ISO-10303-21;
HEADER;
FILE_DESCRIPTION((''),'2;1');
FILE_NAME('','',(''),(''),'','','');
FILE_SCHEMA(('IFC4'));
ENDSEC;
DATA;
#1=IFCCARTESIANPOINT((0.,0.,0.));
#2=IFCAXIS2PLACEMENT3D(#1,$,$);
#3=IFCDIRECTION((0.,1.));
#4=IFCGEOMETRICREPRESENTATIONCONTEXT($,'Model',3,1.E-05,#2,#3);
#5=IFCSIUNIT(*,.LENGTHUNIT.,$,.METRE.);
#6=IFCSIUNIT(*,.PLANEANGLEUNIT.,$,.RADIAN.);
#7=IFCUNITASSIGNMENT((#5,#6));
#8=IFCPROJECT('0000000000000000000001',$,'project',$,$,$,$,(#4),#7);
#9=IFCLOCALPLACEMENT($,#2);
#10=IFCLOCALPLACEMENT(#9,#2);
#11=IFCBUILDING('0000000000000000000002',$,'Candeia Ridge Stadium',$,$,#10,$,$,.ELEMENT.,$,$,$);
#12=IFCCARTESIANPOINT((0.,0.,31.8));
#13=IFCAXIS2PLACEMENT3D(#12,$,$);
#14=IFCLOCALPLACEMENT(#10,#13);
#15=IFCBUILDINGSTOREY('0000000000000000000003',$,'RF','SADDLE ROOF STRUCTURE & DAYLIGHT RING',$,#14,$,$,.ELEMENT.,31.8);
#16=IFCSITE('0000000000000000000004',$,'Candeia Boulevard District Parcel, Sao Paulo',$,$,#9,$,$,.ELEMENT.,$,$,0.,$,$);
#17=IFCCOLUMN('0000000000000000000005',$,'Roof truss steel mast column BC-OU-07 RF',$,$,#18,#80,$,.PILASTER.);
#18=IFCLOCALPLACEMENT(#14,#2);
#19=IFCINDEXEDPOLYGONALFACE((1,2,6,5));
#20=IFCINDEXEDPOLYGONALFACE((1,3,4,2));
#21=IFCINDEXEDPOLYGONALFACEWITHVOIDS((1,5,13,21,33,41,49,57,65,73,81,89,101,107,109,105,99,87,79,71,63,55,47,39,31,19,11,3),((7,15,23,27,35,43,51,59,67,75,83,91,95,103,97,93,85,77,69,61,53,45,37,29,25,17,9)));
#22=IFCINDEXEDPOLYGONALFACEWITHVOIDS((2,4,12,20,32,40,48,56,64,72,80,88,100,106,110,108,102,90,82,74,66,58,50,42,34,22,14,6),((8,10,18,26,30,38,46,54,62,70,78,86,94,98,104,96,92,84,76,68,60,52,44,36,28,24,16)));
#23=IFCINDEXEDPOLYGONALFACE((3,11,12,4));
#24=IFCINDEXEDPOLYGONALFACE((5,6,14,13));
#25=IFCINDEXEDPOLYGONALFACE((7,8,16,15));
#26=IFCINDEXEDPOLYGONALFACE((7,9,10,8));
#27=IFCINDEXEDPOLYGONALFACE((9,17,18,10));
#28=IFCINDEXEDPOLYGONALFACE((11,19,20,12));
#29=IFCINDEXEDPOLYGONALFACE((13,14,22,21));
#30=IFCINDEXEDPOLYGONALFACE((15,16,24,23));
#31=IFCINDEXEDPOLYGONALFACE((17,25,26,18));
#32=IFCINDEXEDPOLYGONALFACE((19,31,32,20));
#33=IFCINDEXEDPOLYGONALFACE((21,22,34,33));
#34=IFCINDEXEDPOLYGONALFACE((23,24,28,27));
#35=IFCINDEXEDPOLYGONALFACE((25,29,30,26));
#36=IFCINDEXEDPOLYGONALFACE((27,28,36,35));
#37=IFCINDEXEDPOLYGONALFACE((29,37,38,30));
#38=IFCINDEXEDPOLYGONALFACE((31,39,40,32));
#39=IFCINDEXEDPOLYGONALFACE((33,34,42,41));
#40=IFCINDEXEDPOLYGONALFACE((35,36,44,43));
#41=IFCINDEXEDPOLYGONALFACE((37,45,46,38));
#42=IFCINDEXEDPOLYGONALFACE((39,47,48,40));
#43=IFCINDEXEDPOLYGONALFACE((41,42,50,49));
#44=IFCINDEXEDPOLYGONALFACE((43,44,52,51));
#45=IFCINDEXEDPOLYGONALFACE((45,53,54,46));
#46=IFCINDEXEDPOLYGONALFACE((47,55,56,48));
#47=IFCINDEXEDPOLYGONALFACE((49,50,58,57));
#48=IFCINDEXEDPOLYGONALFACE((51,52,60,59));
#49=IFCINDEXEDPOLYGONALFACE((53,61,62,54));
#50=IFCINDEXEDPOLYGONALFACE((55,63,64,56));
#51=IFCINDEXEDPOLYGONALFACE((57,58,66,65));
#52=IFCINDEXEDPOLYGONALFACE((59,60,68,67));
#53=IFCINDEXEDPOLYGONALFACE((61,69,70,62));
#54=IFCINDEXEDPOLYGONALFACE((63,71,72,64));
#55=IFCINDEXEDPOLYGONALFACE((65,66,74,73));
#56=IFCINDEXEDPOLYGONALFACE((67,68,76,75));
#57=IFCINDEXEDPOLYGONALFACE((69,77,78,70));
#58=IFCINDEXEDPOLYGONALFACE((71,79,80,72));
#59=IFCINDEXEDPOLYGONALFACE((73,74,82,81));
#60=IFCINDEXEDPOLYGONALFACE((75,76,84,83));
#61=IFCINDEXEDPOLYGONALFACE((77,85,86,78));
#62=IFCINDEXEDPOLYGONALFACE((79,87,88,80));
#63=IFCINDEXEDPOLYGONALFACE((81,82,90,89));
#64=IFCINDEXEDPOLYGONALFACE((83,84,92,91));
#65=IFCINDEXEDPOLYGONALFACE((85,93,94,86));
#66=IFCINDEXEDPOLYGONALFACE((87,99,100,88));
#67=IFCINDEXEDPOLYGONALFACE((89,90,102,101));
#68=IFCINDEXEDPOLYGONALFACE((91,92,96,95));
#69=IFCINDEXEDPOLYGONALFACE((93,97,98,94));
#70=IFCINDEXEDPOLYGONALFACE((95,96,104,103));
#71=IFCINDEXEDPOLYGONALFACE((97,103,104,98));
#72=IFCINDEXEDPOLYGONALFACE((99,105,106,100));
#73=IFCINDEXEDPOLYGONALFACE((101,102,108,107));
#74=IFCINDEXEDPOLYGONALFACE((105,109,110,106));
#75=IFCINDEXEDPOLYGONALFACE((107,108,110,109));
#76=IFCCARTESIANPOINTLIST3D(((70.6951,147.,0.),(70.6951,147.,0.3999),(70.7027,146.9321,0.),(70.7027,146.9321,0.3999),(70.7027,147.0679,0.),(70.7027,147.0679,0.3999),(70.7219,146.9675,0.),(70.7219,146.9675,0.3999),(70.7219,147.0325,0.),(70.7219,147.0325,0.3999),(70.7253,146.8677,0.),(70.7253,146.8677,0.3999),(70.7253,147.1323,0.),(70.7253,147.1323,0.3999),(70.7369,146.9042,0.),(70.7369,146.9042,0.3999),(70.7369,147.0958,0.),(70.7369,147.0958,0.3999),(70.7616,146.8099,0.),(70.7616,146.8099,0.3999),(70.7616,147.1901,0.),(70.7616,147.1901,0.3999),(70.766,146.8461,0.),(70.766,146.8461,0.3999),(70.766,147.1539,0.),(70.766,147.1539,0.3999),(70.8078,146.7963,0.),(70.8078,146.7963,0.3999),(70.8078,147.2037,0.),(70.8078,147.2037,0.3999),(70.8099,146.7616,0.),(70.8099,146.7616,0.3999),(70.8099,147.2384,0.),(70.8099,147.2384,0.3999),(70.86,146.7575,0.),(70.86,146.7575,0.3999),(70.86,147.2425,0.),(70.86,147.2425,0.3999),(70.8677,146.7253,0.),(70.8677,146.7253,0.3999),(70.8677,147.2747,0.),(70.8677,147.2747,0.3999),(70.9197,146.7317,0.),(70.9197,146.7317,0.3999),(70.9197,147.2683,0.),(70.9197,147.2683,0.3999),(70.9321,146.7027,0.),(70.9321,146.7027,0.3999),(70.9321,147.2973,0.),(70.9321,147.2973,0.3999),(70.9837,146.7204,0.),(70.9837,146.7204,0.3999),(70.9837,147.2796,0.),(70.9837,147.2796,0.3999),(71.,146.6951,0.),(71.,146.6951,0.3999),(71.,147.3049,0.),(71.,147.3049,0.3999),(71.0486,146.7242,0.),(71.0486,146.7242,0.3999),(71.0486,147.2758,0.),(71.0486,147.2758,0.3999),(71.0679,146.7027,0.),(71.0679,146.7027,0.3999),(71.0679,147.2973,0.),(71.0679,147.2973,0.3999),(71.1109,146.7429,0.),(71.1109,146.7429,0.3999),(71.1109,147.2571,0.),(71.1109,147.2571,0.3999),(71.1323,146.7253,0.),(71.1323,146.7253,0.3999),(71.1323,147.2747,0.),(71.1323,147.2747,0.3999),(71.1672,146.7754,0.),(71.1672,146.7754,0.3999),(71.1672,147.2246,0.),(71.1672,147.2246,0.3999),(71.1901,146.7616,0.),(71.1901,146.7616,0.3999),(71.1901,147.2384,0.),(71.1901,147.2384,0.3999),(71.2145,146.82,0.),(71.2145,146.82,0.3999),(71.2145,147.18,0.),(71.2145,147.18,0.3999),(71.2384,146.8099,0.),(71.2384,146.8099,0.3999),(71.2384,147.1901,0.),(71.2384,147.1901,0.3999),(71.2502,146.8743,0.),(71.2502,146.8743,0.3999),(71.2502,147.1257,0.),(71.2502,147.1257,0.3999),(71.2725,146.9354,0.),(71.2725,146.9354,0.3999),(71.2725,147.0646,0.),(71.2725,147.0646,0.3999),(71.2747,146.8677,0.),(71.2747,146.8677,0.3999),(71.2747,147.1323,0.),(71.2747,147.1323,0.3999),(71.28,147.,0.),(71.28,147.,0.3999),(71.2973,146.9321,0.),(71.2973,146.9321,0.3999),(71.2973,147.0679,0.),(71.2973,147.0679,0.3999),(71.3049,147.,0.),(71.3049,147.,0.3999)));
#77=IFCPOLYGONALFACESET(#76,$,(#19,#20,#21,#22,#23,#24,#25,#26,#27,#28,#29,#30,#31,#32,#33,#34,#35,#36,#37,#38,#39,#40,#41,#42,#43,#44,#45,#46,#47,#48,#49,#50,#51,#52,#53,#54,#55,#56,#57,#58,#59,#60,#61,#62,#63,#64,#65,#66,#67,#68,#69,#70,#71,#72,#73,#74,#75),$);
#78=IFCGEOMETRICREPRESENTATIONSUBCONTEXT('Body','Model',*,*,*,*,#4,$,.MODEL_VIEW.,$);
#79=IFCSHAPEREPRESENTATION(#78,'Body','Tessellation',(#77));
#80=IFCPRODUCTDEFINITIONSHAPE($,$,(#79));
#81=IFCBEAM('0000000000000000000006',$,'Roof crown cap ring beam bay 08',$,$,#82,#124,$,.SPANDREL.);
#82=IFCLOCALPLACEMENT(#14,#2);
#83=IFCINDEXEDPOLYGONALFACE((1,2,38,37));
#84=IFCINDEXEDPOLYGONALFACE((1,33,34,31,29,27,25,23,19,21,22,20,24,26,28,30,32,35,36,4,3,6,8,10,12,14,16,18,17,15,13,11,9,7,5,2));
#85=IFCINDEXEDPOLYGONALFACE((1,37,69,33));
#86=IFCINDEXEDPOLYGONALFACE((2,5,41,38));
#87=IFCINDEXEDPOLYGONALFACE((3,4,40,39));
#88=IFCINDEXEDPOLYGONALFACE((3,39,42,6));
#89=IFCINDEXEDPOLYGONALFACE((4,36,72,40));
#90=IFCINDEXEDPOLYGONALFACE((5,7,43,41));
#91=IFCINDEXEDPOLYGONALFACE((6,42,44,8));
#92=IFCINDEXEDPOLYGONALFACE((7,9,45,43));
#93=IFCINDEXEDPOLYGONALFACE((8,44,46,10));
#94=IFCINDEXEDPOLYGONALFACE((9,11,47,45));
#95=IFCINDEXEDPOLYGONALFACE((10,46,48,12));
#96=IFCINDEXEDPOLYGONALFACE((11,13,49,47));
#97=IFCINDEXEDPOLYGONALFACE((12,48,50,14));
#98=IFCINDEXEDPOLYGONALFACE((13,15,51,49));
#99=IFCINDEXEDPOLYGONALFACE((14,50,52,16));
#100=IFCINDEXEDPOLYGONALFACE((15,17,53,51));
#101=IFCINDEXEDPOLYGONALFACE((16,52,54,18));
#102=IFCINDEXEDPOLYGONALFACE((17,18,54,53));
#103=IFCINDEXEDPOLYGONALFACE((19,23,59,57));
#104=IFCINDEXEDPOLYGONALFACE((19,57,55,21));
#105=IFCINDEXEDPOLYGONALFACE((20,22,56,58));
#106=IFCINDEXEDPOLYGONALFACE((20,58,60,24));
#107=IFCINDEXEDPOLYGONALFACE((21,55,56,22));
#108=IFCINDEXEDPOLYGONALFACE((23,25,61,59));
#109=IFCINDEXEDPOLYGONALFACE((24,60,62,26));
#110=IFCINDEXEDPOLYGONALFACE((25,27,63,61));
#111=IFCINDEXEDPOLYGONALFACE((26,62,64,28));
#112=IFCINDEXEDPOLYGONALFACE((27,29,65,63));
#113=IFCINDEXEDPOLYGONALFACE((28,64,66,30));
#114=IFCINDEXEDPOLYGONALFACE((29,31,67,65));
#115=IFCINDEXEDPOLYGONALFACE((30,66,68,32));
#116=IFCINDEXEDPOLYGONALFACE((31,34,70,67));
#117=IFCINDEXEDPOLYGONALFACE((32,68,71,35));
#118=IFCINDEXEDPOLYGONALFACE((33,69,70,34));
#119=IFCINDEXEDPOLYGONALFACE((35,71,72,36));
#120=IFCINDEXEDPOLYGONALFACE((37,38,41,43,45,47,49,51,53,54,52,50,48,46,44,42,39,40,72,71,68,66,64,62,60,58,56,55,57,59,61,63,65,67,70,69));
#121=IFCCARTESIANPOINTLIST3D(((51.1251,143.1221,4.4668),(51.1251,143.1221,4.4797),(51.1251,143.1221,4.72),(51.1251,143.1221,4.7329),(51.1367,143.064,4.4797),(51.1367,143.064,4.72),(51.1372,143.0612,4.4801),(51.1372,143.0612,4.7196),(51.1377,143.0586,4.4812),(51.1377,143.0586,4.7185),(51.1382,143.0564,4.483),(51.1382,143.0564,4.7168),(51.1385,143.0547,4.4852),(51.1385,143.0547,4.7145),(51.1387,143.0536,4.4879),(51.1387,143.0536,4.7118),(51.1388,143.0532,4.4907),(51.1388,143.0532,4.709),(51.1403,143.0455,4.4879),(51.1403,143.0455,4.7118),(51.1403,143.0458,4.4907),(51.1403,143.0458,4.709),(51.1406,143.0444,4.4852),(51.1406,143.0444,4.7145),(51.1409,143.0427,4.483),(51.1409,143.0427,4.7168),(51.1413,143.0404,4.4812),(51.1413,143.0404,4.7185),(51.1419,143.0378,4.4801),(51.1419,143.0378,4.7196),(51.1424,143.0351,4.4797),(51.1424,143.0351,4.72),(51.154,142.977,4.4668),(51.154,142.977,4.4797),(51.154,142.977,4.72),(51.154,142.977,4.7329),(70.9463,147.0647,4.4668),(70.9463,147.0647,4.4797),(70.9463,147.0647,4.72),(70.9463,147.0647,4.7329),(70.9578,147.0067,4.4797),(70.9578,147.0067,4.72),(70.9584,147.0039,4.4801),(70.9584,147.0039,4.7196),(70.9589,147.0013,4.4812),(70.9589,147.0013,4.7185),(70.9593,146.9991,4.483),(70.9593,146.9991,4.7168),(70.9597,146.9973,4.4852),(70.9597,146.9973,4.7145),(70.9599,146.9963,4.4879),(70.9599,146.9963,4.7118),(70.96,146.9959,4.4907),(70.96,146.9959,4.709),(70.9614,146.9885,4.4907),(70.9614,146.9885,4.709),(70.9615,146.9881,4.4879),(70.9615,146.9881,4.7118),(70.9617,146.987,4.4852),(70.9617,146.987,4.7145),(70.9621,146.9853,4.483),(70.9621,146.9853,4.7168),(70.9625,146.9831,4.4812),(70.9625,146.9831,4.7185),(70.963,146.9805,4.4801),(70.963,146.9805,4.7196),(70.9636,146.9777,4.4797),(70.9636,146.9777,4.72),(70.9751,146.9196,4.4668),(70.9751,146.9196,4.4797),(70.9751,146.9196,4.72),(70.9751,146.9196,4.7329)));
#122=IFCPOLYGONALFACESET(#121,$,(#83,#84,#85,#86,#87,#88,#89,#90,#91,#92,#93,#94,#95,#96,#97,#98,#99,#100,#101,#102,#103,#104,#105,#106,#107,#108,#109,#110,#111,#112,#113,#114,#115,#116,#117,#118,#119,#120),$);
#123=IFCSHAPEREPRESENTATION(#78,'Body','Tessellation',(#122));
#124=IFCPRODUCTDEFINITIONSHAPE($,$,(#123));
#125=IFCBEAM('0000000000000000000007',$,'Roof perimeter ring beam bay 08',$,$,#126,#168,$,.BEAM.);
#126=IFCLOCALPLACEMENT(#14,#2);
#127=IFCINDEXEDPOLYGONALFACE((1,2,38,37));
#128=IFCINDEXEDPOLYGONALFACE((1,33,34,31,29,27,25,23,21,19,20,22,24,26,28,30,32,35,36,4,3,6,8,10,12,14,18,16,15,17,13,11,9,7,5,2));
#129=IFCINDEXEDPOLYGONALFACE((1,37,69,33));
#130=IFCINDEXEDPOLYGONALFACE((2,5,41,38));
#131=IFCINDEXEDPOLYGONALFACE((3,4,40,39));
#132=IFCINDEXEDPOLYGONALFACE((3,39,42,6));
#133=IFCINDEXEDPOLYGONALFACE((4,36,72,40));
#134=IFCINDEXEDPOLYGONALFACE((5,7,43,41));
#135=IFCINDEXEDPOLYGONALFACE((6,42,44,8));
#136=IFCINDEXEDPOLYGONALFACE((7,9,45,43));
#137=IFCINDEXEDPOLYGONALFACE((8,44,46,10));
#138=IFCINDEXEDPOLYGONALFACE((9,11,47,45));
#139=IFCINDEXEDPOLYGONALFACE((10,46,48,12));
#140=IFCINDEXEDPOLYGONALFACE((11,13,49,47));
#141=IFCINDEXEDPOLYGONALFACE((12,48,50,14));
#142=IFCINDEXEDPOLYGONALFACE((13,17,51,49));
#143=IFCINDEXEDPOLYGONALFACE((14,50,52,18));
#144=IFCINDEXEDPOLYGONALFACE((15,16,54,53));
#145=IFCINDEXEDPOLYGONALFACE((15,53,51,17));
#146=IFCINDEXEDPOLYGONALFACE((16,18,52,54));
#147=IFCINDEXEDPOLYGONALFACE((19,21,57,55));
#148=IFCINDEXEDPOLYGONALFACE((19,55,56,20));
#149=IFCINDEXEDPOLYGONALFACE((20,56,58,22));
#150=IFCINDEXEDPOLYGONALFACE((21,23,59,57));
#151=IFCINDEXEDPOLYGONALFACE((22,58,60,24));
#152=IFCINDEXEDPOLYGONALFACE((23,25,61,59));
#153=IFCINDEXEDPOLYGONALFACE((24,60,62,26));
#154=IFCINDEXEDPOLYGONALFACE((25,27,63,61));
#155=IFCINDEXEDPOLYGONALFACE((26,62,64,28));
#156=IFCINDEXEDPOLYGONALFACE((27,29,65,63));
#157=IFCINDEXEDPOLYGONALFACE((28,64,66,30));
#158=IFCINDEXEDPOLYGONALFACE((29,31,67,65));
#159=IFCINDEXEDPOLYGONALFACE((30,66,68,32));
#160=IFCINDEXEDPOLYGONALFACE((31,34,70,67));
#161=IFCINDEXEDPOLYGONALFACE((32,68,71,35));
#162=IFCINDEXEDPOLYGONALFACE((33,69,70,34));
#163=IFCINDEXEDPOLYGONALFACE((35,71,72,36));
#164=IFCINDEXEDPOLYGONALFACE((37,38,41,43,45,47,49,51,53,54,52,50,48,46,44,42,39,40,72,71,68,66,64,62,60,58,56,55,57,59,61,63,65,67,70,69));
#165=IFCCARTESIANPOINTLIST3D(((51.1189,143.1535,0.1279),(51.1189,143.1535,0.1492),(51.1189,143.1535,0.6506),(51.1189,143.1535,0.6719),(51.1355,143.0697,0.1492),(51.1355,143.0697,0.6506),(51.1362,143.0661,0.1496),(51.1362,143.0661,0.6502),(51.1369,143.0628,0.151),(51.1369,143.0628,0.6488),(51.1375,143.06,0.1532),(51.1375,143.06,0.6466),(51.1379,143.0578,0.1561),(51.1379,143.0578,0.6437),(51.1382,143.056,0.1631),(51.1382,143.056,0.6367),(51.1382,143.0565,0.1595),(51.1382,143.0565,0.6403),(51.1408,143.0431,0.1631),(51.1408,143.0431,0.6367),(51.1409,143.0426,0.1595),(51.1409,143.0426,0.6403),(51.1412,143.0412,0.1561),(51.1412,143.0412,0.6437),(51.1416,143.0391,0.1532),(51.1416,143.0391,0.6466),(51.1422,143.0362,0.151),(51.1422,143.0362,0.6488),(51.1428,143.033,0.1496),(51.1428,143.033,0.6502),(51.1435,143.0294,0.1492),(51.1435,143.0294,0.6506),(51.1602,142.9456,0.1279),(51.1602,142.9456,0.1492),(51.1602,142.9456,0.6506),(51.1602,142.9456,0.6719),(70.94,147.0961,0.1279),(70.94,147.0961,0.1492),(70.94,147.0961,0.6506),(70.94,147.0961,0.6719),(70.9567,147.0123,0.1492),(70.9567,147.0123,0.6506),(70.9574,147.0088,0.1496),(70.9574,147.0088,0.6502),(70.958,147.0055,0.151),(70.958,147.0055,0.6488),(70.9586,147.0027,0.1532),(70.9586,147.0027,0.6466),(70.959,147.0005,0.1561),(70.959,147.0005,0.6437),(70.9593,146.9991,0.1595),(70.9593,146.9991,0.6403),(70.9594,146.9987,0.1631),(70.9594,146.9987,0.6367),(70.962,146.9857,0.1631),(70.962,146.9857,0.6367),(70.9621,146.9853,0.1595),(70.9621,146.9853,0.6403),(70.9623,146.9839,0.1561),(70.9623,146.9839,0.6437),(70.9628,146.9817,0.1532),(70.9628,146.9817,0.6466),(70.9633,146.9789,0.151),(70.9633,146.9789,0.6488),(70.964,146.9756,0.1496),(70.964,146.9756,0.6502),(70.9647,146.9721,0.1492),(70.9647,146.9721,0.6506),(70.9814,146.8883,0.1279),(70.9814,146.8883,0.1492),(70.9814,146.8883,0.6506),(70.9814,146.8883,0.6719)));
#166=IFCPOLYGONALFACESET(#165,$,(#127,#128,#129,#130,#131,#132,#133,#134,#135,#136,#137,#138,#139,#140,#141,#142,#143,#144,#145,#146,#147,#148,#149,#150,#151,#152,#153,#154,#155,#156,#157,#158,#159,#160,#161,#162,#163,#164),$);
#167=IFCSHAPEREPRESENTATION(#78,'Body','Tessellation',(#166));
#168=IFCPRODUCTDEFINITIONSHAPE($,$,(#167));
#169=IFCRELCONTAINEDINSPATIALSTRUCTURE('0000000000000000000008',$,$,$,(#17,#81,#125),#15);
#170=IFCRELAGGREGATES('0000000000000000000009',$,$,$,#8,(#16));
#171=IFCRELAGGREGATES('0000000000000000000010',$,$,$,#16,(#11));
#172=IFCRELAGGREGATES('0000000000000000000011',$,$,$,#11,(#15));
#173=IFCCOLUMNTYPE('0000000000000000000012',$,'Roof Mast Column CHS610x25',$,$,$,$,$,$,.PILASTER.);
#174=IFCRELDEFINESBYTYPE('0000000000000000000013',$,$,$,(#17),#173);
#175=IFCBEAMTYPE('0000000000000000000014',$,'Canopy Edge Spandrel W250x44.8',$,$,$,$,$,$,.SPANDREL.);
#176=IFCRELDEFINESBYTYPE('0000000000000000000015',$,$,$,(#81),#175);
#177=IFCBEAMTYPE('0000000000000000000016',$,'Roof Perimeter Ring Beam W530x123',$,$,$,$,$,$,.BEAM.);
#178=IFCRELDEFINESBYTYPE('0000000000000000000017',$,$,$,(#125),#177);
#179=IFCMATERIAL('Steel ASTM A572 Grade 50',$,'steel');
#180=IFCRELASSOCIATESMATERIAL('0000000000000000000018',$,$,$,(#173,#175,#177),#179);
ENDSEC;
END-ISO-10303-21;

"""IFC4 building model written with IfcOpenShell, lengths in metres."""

from ifc_helpers import new_model, si_unit, direction, frame, origin, origin_2d, place, context, subcontext, project, spatial, hollow_circle, i_section, extrude, material, material_profile, profile_set, type_object, element, save


model = new_model("IFC4")

# Units and contexts
model_context = context("Model", 3, precision=1e-05, world=origin(), true_north=direction((0.0, 1.0)))
body_context = subcontext(model_context, "Body", "Model", "MODEL_VIEW")
ifc_project = project(units=[si_unit("LENGTHUNIT", "METRE"), si_unit("PLANEANGLEUNIT", "RADIAN")], contexts=[model_context])

# Site, building, storey
site_placement = place(None, origin())
site = spatial("IfcSite", under=ifc_project, at=site_placement, Name="Candeia Boulevard District Parcel, Sao Paulo", CompositionType="ELEMENT", RefElevation=0.0)
building_placement = place(site_placement, origin())
building = spatial("IfcBuilding", under=site, at=building_placement, Name="Candeia Ridge Stadium", CompositionType="ELEMENT")
storey_placement = place(building_placement, frame((0.0, 0.0, 31.8)))
storey = spatial("IfcBuildingStorey", under=building, at=storey_placement, Name="RF", Description="SADDLE ROOF STRUCTURE & DAYLIGHT RING", CompositionType="ELEMENT", Elevation=31.8)

# Column
ifc_material_1 = material(Name="Steel ASTM A572 Grade 50", Category="steel")
ifc_material_profile_1 = material_profile(ifc_material_1, hollow_circle(Radius=0.3049, WallThickness=0.0249, at=origin_2d()), Name="CHS610x25", Category="steel")
ifc_profile_set_1 = profile_set([ifc_material_profile_1], Name="Steel ASTM A572 Grade 50")
column_type = type_object("IfcColumnType", Name="Roof Mast Column CHS610x25", PredefinedType="PILASTER", material=ifc_profile_set_1)
column_placement = place(storey_placement, frame((71.0, 147.0, 0.0), z_axis=(0.0, 0.0, 1.0), x_axis=(1.0, 0.0, 0.0)))
element("IfcColumn", 1, at=column_placement, inside=storey, type_object=column_type, Name="Roof truss steel mast column BC-OU-07 RF", PredefinedType="PILASTER", context=body_context, shape_type="SweptSolid", body=[
    extrude(hollow_circle(Radius=0.3049, WallThickness=0.0249, at=origin_2d()), origin(), (0.0, 0.0, 1.0), 0.3999),
])

# Beams
ifc_material_profile_2 = material_profile(ifc_material_1, i_section(OverallWidth=0.1479, OverallDepth=0.2661, WebThickness=0.0076, FlangeThickness=0.0129, FilletRadius=0.011, at=origin_2d()), Name="W250x44.8", Category="steel")
ifc_profile_set_2 = profile_set([ifc_material_profile_2], Name="Steel ASTM A572 Grade 50")
beam_type_1 = type_object("IfcBeamType", Name="Canopy Edge Spandrel W250x44.8", PredefinedType="SPANDREL", material=ifc_profile_set_2)
beam_1_placement = place(storey_placement, frame((70.9607, 146.9922, 4.5999), z_axis=(-0.980786, -0.195089, 0.0), x_axis=(0.195089, -0.980786, 0.0)))
element("IfcBeam", 2, at=beam_1_placement, inside=storey, type_object=beam_type_1, Name="Roof crown cap ring beam bay 08", PredefinedType="SPANDREL", context=body_context, shape_type="SweptSolid", body=[
    extrude(i_section(OverallWidth=0.1479, OverallDepth=0.2661, WebThickness=0.0076, FlangeThickness=0.0129, FilletRadius=0.011, at=origin_2d()), origin(), (0.0, 0.0, 1.0), 20.2095),
])
ifc_material_profile_3 = material_profile(ifc_material_1, i_section(OverallWidth=0.2119, OverallDepth=0.5439, WebThickness=0.0132, FlangeThickness=0.0212, FilletRadius=0.0139, at=origin_2d()), Name="W530x123", Category="steel")
ifc_profile_set_3 = profile_set([ifc_material_profile_3], Name="Steel ASTM A572 Grade 50")
beam_type_2 = type_object("IfcBeamType", Name="Roof Perimeter Ring Beam W530x123", PredefinedType="BEAM", material=ifc_profile_set_3)
beam_2_placement = place(storey_placement, frame((70.9607, 146.9922, 0.3999), z_axis=(-0.980786, -0.195089, 0.0), x_axis=(0.195089, -0.980786, 0.0)))
element("IfcBeam", 3, at=beam_2_placement, inside=storey, type_object=beam_type_2, Name="Roof perimeter ring beam bay 08", PredefinedType="BEAM", context=body_context, shape_type="SweptSolid", body=[
    extrude(i_section(OverallWidth=0.2119, OverallDepth=0.5439, WebThickness=0.0132, FlangeThickness=0.0212, FilletRadius=0.0139, at=origin_2d()), origin(), (0.0, 0.0, 1.0), 20.2095),
])

save(model, "model.ifc")
